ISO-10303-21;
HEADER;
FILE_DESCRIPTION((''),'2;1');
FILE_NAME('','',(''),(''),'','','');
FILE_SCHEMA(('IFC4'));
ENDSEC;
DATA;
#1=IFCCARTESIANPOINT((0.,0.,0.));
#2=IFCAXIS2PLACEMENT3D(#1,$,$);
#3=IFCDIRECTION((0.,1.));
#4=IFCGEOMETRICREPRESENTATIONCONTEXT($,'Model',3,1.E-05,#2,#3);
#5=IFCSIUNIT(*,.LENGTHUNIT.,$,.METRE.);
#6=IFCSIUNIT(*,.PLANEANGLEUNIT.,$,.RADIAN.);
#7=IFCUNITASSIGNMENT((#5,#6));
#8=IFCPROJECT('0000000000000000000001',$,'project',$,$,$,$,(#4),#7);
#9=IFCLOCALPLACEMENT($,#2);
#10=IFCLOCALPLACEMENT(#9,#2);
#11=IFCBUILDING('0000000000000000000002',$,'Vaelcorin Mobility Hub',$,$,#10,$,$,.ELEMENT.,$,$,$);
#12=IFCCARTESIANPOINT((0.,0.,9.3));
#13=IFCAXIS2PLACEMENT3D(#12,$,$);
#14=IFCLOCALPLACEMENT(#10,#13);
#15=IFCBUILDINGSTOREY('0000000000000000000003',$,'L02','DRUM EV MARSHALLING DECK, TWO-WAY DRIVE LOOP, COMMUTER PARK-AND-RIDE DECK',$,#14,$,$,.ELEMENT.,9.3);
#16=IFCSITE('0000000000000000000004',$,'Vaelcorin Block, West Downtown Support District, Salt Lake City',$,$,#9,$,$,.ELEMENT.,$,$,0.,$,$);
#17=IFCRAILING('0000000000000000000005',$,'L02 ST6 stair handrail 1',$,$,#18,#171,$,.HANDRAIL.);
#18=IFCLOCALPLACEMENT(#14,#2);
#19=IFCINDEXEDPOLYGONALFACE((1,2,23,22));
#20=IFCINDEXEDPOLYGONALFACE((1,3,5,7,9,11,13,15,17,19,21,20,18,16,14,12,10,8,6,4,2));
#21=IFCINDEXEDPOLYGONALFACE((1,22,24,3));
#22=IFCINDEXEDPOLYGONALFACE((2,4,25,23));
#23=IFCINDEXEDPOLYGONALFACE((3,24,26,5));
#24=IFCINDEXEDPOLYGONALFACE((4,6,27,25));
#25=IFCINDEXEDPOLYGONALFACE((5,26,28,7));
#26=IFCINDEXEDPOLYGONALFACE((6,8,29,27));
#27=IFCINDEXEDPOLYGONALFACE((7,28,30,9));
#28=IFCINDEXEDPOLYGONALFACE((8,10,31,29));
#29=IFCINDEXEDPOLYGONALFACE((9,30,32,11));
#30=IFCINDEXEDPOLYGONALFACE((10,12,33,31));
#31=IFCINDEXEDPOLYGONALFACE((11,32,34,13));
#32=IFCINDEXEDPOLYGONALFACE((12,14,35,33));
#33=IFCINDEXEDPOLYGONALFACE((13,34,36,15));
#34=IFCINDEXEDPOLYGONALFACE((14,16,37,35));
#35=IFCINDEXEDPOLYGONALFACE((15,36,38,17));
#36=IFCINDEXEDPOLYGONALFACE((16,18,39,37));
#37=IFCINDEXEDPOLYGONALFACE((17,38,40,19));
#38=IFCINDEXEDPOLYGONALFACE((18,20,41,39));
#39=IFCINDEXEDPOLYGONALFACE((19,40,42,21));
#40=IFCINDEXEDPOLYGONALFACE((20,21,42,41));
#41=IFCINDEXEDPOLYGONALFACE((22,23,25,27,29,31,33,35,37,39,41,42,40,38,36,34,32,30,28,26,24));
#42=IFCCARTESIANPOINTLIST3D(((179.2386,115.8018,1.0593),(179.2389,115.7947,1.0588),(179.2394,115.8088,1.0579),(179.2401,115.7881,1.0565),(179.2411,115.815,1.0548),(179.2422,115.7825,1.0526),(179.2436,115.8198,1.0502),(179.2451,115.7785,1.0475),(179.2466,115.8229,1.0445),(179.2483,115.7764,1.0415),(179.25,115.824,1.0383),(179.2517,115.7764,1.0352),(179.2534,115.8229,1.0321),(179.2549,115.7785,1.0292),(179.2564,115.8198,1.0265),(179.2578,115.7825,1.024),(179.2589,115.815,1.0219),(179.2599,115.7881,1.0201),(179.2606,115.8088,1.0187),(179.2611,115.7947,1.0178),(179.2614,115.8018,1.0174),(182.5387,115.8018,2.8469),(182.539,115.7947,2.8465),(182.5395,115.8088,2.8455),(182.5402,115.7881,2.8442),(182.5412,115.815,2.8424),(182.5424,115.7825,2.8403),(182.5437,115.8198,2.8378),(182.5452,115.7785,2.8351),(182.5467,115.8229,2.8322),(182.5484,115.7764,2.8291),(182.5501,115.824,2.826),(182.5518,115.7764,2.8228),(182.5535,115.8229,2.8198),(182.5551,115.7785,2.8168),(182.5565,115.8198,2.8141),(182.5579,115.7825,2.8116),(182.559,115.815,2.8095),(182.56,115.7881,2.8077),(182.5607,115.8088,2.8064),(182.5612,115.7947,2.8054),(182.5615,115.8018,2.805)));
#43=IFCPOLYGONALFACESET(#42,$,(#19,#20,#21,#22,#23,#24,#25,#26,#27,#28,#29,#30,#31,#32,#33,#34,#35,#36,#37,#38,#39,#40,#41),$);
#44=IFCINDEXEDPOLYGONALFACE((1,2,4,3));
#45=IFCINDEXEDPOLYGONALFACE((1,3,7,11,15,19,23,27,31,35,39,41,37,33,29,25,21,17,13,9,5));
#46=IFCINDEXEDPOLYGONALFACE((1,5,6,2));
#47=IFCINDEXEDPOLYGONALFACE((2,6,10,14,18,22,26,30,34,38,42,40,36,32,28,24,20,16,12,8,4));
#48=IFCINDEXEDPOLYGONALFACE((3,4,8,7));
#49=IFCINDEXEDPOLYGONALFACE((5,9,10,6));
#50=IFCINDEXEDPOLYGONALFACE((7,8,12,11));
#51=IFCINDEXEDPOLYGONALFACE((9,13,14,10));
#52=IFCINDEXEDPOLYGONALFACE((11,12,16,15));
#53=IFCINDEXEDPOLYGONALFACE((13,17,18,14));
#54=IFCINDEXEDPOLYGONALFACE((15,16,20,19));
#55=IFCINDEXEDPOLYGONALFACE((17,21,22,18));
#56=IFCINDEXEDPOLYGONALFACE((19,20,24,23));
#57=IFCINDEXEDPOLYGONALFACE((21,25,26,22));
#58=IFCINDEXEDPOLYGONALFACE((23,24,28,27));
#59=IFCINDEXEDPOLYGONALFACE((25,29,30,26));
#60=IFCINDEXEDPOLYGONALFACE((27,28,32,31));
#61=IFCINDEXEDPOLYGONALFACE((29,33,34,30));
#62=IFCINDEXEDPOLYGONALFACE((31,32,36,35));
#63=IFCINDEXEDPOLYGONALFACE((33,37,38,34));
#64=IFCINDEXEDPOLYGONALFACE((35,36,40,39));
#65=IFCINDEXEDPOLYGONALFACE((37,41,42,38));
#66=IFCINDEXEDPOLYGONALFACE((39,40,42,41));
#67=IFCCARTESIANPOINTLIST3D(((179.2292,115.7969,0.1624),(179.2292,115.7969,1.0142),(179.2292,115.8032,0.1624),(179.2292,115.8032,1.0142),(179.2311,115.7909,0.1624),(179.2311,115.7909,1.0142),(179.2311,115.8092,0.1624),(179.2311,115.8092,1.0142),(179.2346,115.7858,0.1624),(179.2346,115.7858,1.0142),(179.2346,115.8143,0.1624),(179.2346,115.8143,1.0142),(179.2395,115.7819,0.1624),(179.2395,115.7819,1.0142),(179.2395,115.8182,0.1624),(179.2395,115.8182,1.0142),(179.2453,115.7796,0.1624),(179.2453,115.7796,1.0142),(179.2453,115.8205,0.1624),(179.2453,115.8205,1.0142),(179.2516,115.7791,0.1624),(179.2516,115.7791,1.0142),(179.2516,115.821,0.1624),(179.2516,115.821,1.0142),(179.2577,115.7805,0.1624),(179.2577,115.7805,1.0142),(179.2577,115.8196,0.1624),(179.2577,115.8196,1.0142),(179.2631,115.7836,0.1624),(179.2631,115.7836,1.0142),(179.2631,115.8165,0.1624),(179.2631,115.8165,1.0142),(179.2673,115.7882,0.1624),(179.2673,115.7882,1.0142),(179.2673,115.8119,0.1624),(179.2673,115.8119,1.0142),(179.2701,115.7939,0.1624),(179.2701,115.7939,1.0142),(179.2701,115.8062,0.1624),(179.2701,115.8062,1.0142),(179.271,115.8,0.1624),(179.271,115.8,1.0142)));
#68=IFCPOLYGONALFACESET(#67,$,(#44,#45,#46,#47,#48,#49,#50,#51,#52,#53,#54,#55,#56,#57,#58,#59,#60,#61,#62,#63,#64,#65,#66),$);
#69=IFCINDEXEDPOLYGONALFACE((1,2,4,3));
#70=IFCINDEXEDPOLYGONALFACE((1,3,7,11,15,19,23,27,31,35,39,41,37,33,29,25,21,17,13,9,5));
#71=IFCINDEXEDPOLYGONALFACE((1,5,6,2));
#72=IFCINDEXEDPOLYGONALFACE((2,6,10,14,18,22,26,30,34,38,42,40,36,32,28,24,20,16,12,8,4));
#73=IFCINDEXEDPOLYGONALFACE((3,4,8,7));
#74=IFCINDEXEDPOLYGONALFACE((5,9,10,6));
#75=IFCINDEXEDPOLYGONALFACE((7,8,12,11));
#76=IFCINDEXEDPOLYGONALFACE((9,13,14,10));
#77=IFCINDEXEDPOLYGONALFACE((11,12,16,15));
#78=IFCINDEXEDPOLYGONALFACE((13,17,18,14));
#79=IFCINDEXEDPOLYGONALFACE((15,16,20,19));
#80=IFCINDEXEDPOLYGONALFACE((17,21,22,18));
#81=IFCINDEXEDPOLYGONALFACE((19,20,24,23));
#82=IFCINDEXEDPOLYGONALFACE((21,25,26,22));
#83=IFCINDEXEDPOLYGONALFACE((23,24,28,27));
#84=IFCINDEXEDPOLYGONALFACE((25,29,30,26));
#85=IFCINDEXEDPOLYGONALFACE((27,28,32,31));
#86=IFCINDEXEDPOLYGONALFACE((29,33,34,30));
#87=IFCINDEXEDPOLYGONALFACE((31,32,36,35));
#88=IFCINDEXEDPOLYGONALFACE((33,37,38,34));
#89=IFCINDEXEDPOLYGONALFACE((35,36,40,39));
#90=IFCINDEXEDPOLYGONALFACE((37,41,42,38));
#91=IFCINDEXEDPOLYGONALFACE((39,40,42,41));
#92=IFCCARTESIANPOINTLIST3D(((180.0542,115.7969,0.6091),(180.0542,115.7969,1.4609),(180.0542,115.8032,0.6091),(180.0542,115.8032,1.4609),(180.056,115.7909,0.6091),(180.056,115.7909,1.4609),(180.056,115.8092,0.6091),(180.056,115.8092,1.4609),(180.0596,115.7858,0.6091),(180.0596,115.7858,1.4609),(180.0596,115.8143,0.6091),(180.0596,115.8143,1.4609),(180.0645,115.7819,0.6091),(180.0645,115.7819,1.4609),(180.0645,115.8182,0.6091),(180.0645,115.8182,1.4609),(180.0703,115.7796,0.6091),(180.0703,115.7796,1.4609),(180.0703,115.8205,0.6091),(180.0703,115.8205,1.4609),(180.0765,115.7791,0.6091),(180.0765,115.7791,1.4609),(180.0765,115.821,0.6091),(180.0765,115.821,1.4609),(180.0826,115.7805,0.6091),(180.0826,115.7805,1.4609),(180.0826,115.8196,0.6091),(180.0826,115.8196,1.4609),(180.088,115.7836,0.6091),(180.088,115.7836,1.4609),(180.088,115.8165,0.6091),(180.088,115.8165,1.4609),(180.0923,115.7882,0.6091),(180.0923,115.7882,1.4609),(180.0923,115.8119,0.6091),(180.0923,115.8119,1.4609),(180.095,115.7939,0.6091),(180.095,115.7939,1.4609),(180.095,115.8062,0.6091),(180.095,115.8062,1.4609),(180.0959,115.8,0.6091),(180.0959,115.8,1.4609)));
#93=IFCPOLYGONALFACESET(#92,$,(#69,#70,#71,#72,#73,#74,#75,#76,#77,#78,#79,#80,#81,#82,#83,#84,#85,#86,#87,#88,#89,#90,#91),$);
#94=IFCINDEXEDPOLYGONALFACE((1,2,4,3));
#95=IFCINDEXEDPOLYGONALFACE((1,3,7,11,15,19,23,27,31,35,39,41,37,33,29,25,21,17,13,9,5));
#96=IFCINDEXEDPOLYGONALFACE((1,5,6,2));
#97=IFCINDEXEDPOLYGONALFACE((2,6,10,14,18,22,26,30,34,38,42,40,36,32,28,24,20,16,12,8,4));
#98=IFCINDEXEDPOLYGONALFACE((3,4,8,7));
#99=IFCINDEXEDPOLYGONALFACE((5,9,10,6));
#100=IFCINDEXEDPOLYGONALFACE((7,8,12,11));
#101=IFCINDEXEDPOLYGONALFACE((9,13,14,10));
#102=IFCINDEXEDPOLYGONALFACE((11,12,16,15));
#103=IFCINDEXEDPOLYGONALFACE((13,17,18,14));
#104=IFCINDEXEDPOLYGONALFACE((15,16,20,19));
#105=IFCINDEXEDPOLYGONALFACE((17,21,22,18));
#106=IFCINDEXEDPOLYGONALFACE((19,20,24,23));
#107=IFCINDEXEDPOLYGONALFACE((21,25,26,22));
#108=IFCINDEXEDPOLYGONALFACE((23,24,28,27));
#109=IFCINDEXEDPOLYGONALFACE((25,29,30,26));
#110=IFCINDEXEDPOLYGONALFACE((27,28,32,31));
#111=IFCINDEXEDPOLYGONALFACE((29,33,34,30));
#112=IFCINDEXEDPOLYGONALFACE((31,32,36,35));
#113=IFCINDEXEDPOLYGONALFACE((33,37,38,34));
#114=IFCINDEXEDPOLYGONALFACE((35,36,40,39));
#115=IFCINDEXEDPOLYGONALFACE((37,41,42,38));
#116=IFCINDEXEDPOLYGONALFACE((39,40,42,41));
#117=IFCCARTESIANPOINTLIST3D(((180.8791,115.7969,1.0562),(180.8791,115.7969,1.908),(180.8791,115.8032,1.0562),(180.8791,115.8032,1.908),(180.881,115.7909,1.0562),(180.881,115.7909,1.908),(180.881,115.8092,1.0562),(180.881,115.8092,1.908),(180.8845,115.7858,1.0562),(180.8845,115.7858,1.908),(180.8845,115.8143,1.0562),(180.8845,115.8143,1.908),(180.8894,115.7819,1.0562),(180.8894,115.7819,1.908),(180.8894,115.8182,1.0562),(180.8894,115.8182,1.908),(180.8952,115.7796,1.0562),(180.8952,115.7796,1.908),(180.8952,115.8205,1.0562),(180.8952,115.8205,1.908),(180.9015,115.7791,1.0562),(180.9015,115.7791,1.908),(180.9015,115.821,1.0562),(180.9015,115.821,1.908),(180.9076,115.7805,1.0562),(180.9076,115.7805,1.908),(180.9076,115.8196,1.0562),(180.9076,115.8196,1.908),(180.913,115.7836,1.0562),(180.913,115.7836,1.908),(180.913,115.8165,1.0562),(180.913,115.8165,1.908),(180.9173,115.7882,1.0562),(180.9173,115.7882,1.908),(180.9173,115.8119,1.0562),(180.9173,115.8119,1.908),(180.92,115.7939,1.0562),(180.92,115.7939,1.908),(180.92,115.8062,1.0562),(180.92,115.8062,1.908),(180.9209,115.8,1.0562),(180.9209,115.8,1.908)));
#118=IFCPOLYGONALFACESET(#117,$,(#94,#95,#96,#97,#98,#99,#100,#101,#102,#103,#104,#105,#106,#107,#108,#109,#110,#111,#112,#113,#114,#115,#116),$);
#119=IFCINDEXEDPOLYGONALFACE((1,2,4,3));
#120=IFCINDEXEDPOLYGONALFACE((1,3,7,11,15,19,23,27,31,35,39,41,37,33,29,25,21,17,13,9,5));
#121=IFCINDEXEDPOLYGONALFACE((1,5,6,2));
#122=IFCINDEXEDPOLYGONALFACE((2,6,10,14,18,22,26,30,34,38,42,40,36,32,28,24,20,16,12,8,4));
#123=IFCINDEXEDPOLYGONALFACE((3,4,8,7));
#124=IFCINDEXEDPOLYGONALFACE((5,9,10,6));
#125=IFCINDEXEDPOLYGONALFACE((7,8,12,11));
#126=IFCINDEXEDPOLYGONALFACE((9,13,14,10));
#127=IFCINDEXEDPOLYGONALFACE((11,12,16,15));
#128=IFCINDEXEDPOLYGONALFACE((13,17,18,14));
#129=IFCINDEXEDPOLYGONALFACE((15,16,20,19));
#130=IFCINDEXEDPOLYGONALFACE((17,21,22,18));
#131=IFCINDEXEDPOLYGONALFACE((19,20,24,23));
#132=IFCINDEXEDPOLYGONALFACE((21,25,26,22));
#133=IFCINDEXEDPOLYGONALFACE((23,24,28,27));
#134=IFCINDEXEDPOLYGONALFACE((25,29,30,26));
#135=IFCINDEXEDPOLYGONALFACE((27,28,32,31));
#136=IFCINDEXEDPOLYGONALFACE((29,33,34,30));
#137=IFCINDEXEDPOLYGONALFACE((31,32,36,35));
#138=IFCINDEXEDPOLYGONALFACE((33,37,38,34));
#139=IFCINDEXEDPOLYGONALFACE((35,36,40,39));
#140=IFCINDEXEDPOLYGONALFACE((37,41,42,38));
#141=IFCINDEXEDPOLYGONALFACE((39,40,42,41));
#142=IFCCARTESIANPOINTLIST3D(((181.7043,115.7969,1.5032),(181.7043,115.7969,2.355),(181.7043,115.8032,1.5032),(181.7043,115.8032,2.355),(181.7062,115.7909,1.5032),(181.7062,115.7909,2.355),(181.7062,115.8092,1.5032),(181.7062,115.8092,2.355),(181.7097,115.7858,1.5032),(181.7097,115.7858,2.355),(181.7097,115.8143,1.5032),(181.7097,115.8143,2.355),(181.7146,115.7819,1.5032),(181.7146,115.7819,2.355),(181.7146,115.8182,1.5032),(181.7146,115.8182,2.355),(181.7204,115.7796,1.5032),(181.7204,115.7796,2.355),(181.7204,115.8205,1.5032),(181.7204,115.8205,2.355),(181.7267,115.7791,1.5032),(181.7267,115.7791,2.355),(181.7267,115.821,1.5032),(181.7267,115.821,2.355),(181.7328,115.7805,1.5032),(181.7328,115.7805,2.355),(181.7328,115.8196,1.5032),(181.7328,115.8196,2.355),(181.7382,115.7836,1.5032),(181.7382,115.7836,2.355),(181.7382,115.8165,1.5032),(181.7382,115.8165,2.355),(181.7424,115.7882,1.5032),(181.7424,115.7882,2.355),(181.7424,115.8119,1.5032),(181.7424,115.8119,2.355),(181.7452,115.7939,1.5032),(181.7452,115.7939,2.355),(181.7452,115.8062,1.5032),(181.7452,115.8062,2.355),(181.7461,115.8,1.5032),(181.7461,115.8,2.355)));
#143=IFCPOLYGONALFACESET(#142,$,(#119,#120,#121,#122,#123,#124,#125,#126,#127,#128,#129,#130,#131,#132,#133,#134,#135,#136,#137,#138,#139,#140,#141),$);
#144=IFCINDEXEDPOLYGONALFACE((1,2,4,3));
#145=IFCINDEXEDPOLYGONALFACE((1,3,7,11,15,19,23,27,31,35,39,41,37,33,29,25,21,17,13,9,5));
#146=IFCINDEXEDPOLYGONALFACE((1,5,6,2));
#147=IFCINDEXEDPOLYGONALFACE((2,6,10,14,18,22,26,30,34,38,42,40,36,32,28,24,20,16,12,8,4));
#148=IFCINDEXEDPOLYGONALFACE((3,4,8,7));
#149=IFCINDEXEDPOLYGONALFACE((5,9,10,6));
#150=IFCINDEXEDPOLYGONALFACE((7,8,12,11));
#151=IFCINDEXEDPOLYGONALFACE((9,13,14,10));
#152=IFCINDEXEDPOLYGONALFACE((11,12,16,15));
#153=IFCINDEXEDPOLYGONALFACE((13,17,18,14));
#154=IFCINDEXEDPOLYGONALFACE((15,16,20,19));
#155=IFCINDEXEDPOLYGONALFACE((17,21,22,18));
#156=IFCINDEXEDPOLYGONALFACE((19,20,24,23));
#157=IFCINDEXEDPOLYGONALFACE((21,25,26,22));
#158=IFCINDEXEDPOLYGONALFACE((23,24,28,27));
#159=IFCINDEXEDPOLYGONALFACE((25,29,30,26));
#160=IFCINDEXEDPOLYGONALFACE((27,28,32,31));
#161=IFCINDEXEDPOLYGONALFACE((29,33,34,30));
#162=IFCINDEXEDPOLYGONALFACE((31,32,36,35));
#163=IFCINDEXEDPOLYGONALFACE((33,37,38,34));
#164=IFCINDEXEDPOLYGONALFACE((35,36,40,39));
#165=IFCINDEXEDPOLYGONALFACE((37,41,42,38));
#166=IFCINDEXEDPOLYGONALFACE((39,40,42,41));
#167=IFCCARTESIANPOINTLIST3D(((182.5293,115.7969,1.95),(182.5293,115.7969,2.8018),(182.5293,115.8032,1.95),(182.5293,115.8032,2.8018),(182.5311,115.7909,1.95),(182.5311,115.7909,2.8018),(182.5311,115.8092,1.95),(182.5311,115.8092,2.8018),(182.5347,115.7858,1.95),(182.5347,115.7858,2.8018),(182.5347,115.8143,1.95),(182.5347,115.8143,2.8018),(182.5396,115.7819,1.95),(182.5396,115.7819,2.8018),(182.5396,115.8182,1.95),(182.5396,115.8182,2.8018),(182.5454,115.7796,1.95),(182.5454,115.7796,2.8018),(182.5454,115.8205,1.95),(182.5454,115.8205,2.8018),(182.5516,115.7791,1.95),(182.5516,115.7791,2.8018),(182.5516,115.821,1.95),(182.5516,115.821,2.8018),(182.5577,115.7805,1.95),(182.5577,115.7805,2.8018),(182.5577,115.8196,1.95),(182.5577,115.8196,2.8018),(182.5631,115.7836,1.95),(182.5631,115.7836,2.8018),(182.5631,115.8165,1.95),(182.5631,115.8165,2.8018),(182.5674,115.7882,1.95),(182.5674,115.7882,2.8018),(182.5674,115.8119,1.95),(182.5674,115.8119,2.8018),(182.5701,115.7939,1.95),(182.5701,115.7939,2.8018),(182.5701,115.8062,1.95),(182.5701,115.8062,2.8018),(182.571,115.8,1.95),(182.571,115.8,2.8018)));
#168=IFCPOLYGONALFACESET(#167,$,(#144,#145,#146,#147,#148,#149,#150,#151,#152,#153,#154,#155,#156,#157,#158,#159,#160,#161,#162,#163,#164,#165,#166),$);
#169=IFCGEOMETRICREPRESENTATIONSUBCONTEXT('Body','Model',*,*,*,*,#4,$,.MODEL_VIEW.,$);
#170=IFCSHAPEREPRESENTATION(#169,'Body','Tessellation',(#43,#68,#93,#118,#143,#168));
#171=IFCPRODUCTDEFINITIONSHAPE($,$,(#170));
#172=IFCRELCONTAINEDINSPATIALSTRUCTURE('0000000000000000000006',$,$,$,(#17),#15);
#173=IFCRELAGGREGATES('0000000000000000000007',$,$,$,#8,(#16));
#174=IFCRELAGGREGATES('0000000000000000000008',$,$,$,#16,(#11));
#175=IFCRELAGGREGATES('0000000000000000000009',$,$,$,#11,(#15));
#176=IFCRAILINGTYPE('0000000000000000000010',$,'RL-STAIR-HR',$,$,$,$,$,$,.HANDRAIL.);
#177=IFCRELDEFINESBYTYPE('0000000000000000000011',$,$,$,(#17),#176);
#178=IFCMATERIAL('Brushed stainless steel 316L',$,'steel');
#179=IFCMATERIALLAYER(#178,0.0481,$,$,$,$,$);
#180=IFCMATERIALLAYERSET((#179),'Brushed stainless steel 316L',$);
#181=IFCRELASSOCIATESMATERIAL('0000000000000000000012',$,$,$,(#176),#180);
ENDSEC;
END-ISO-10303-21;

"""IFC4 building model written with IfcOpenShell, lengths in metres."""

from ifc_helpers import new_model, si_unit, direction, frame, origin, origin_2d, place, context, subcontext, project, spatial, circle, extrude, material, layer, layer_set, type_object, element, save


model = new_model("IFC4")

# Units and contexts
model_context = context("Model", 3, precision=1e-05, world=origin(), true_north=direction((0.0, 1.0)))
body_context = subcontext(model_context, "Body", "Model", "MODEL_VIEW")
ifc_project = project(units=[si_unit("LENGTHUNIT", "METRE"), si_unit("PLANEANGLEUNIT", "RADIAN")], contexts=[model_context])

# Site, building, storey
site_placement = place(None, origin())
site = spatial("IfcSite", under=ifc_project, at=site_placement, Name="Vaelcorin Block, West Downtown Support District, Salt Lake City", CompositionType="ELEMENT", RefElevation=0.0)
building_placement = place(site_placement, origin())
building = spatial("IfcBuilding", under=site, at=building_placement, Name="Vaelcorin Mobility Hub", CompositionType="ELEMENT")
storey_placement = place(building_placement, frame((0.0, 0.0, 9.3)))
storey = spatial("IfcBuildingStorey", under=building, at=storey_placement, Name="L02", Description="DRUM EV MARSHALLING DECK, TWO-WAY DRIVE LOOP, COMMUTER PARK-AND-RIDE DECK", CompositionType="ELEMENT", Elevation=9.3)

# Railing
ifc_material_1 = material(Name="Brushed stainless steel 316L", Category="steel")
ifc_layer_1 = layer(ifc_material_1, 0.0481)
ifc_layer_set_1 = layer_set([ifc_layer_1], Name="Brushed stainless steel 316L")
railing_type_1 = type_object("IfcRailingType", Name="RL-STAIR-HR", PredefinedType="HANDRAIL", material=ifc_layer_set_1)
railing_1_placement = place(storey_placement, frame((179.25, 115.8, 0.1624)))
element("IfcRailing", 1, at=railing_1_placement, inside=storey, type_object=railing_type_1, Name="L02 ST6 stair handrail 1", PredefinedType="HANDRAIL", context=body_context, shape_type="SweptSolid", body=[
    extrude(circle(Radius=0.0239, at=origin_2d()), frame((0.0, 0.0, 0.876), z_axis=(0.879284, 0.0, 0.476298), x_axis=(0.0, 1.0, 0.0)), (0.0, 0.0, 1.0), 3.7532),
    extrude(circle(Radius=0.021, at=origin_2d()), origin(), (0.0, 0.0, 1.0), 0.8518),
    extrude(circle(Radius=0.021, at=origin_2d()), frame((0.825, 0.0, 0.4468)), (0.0, 0.0, 1.0), 0.8518),
    extrude(circle(Radius=0.021, at=origin_2d()), frame((1.6499, 0.0, 0.8938)), (0.0, 0.0, 1.0), 0.8518),
    extrude(circle(Radius=0.021, at=origin_2d()), frame((2.4751, 0.0, 1.3408)), (0.0, 0.0, 1.0), 0.8518),
    extrude(circle(Radius=0.021, at=origin_2d()), frame((3.3, 0.0, 1.7876)), (0.0, 0.0, 1.0), 0.8518),
])

save(model, "model.ifc")
